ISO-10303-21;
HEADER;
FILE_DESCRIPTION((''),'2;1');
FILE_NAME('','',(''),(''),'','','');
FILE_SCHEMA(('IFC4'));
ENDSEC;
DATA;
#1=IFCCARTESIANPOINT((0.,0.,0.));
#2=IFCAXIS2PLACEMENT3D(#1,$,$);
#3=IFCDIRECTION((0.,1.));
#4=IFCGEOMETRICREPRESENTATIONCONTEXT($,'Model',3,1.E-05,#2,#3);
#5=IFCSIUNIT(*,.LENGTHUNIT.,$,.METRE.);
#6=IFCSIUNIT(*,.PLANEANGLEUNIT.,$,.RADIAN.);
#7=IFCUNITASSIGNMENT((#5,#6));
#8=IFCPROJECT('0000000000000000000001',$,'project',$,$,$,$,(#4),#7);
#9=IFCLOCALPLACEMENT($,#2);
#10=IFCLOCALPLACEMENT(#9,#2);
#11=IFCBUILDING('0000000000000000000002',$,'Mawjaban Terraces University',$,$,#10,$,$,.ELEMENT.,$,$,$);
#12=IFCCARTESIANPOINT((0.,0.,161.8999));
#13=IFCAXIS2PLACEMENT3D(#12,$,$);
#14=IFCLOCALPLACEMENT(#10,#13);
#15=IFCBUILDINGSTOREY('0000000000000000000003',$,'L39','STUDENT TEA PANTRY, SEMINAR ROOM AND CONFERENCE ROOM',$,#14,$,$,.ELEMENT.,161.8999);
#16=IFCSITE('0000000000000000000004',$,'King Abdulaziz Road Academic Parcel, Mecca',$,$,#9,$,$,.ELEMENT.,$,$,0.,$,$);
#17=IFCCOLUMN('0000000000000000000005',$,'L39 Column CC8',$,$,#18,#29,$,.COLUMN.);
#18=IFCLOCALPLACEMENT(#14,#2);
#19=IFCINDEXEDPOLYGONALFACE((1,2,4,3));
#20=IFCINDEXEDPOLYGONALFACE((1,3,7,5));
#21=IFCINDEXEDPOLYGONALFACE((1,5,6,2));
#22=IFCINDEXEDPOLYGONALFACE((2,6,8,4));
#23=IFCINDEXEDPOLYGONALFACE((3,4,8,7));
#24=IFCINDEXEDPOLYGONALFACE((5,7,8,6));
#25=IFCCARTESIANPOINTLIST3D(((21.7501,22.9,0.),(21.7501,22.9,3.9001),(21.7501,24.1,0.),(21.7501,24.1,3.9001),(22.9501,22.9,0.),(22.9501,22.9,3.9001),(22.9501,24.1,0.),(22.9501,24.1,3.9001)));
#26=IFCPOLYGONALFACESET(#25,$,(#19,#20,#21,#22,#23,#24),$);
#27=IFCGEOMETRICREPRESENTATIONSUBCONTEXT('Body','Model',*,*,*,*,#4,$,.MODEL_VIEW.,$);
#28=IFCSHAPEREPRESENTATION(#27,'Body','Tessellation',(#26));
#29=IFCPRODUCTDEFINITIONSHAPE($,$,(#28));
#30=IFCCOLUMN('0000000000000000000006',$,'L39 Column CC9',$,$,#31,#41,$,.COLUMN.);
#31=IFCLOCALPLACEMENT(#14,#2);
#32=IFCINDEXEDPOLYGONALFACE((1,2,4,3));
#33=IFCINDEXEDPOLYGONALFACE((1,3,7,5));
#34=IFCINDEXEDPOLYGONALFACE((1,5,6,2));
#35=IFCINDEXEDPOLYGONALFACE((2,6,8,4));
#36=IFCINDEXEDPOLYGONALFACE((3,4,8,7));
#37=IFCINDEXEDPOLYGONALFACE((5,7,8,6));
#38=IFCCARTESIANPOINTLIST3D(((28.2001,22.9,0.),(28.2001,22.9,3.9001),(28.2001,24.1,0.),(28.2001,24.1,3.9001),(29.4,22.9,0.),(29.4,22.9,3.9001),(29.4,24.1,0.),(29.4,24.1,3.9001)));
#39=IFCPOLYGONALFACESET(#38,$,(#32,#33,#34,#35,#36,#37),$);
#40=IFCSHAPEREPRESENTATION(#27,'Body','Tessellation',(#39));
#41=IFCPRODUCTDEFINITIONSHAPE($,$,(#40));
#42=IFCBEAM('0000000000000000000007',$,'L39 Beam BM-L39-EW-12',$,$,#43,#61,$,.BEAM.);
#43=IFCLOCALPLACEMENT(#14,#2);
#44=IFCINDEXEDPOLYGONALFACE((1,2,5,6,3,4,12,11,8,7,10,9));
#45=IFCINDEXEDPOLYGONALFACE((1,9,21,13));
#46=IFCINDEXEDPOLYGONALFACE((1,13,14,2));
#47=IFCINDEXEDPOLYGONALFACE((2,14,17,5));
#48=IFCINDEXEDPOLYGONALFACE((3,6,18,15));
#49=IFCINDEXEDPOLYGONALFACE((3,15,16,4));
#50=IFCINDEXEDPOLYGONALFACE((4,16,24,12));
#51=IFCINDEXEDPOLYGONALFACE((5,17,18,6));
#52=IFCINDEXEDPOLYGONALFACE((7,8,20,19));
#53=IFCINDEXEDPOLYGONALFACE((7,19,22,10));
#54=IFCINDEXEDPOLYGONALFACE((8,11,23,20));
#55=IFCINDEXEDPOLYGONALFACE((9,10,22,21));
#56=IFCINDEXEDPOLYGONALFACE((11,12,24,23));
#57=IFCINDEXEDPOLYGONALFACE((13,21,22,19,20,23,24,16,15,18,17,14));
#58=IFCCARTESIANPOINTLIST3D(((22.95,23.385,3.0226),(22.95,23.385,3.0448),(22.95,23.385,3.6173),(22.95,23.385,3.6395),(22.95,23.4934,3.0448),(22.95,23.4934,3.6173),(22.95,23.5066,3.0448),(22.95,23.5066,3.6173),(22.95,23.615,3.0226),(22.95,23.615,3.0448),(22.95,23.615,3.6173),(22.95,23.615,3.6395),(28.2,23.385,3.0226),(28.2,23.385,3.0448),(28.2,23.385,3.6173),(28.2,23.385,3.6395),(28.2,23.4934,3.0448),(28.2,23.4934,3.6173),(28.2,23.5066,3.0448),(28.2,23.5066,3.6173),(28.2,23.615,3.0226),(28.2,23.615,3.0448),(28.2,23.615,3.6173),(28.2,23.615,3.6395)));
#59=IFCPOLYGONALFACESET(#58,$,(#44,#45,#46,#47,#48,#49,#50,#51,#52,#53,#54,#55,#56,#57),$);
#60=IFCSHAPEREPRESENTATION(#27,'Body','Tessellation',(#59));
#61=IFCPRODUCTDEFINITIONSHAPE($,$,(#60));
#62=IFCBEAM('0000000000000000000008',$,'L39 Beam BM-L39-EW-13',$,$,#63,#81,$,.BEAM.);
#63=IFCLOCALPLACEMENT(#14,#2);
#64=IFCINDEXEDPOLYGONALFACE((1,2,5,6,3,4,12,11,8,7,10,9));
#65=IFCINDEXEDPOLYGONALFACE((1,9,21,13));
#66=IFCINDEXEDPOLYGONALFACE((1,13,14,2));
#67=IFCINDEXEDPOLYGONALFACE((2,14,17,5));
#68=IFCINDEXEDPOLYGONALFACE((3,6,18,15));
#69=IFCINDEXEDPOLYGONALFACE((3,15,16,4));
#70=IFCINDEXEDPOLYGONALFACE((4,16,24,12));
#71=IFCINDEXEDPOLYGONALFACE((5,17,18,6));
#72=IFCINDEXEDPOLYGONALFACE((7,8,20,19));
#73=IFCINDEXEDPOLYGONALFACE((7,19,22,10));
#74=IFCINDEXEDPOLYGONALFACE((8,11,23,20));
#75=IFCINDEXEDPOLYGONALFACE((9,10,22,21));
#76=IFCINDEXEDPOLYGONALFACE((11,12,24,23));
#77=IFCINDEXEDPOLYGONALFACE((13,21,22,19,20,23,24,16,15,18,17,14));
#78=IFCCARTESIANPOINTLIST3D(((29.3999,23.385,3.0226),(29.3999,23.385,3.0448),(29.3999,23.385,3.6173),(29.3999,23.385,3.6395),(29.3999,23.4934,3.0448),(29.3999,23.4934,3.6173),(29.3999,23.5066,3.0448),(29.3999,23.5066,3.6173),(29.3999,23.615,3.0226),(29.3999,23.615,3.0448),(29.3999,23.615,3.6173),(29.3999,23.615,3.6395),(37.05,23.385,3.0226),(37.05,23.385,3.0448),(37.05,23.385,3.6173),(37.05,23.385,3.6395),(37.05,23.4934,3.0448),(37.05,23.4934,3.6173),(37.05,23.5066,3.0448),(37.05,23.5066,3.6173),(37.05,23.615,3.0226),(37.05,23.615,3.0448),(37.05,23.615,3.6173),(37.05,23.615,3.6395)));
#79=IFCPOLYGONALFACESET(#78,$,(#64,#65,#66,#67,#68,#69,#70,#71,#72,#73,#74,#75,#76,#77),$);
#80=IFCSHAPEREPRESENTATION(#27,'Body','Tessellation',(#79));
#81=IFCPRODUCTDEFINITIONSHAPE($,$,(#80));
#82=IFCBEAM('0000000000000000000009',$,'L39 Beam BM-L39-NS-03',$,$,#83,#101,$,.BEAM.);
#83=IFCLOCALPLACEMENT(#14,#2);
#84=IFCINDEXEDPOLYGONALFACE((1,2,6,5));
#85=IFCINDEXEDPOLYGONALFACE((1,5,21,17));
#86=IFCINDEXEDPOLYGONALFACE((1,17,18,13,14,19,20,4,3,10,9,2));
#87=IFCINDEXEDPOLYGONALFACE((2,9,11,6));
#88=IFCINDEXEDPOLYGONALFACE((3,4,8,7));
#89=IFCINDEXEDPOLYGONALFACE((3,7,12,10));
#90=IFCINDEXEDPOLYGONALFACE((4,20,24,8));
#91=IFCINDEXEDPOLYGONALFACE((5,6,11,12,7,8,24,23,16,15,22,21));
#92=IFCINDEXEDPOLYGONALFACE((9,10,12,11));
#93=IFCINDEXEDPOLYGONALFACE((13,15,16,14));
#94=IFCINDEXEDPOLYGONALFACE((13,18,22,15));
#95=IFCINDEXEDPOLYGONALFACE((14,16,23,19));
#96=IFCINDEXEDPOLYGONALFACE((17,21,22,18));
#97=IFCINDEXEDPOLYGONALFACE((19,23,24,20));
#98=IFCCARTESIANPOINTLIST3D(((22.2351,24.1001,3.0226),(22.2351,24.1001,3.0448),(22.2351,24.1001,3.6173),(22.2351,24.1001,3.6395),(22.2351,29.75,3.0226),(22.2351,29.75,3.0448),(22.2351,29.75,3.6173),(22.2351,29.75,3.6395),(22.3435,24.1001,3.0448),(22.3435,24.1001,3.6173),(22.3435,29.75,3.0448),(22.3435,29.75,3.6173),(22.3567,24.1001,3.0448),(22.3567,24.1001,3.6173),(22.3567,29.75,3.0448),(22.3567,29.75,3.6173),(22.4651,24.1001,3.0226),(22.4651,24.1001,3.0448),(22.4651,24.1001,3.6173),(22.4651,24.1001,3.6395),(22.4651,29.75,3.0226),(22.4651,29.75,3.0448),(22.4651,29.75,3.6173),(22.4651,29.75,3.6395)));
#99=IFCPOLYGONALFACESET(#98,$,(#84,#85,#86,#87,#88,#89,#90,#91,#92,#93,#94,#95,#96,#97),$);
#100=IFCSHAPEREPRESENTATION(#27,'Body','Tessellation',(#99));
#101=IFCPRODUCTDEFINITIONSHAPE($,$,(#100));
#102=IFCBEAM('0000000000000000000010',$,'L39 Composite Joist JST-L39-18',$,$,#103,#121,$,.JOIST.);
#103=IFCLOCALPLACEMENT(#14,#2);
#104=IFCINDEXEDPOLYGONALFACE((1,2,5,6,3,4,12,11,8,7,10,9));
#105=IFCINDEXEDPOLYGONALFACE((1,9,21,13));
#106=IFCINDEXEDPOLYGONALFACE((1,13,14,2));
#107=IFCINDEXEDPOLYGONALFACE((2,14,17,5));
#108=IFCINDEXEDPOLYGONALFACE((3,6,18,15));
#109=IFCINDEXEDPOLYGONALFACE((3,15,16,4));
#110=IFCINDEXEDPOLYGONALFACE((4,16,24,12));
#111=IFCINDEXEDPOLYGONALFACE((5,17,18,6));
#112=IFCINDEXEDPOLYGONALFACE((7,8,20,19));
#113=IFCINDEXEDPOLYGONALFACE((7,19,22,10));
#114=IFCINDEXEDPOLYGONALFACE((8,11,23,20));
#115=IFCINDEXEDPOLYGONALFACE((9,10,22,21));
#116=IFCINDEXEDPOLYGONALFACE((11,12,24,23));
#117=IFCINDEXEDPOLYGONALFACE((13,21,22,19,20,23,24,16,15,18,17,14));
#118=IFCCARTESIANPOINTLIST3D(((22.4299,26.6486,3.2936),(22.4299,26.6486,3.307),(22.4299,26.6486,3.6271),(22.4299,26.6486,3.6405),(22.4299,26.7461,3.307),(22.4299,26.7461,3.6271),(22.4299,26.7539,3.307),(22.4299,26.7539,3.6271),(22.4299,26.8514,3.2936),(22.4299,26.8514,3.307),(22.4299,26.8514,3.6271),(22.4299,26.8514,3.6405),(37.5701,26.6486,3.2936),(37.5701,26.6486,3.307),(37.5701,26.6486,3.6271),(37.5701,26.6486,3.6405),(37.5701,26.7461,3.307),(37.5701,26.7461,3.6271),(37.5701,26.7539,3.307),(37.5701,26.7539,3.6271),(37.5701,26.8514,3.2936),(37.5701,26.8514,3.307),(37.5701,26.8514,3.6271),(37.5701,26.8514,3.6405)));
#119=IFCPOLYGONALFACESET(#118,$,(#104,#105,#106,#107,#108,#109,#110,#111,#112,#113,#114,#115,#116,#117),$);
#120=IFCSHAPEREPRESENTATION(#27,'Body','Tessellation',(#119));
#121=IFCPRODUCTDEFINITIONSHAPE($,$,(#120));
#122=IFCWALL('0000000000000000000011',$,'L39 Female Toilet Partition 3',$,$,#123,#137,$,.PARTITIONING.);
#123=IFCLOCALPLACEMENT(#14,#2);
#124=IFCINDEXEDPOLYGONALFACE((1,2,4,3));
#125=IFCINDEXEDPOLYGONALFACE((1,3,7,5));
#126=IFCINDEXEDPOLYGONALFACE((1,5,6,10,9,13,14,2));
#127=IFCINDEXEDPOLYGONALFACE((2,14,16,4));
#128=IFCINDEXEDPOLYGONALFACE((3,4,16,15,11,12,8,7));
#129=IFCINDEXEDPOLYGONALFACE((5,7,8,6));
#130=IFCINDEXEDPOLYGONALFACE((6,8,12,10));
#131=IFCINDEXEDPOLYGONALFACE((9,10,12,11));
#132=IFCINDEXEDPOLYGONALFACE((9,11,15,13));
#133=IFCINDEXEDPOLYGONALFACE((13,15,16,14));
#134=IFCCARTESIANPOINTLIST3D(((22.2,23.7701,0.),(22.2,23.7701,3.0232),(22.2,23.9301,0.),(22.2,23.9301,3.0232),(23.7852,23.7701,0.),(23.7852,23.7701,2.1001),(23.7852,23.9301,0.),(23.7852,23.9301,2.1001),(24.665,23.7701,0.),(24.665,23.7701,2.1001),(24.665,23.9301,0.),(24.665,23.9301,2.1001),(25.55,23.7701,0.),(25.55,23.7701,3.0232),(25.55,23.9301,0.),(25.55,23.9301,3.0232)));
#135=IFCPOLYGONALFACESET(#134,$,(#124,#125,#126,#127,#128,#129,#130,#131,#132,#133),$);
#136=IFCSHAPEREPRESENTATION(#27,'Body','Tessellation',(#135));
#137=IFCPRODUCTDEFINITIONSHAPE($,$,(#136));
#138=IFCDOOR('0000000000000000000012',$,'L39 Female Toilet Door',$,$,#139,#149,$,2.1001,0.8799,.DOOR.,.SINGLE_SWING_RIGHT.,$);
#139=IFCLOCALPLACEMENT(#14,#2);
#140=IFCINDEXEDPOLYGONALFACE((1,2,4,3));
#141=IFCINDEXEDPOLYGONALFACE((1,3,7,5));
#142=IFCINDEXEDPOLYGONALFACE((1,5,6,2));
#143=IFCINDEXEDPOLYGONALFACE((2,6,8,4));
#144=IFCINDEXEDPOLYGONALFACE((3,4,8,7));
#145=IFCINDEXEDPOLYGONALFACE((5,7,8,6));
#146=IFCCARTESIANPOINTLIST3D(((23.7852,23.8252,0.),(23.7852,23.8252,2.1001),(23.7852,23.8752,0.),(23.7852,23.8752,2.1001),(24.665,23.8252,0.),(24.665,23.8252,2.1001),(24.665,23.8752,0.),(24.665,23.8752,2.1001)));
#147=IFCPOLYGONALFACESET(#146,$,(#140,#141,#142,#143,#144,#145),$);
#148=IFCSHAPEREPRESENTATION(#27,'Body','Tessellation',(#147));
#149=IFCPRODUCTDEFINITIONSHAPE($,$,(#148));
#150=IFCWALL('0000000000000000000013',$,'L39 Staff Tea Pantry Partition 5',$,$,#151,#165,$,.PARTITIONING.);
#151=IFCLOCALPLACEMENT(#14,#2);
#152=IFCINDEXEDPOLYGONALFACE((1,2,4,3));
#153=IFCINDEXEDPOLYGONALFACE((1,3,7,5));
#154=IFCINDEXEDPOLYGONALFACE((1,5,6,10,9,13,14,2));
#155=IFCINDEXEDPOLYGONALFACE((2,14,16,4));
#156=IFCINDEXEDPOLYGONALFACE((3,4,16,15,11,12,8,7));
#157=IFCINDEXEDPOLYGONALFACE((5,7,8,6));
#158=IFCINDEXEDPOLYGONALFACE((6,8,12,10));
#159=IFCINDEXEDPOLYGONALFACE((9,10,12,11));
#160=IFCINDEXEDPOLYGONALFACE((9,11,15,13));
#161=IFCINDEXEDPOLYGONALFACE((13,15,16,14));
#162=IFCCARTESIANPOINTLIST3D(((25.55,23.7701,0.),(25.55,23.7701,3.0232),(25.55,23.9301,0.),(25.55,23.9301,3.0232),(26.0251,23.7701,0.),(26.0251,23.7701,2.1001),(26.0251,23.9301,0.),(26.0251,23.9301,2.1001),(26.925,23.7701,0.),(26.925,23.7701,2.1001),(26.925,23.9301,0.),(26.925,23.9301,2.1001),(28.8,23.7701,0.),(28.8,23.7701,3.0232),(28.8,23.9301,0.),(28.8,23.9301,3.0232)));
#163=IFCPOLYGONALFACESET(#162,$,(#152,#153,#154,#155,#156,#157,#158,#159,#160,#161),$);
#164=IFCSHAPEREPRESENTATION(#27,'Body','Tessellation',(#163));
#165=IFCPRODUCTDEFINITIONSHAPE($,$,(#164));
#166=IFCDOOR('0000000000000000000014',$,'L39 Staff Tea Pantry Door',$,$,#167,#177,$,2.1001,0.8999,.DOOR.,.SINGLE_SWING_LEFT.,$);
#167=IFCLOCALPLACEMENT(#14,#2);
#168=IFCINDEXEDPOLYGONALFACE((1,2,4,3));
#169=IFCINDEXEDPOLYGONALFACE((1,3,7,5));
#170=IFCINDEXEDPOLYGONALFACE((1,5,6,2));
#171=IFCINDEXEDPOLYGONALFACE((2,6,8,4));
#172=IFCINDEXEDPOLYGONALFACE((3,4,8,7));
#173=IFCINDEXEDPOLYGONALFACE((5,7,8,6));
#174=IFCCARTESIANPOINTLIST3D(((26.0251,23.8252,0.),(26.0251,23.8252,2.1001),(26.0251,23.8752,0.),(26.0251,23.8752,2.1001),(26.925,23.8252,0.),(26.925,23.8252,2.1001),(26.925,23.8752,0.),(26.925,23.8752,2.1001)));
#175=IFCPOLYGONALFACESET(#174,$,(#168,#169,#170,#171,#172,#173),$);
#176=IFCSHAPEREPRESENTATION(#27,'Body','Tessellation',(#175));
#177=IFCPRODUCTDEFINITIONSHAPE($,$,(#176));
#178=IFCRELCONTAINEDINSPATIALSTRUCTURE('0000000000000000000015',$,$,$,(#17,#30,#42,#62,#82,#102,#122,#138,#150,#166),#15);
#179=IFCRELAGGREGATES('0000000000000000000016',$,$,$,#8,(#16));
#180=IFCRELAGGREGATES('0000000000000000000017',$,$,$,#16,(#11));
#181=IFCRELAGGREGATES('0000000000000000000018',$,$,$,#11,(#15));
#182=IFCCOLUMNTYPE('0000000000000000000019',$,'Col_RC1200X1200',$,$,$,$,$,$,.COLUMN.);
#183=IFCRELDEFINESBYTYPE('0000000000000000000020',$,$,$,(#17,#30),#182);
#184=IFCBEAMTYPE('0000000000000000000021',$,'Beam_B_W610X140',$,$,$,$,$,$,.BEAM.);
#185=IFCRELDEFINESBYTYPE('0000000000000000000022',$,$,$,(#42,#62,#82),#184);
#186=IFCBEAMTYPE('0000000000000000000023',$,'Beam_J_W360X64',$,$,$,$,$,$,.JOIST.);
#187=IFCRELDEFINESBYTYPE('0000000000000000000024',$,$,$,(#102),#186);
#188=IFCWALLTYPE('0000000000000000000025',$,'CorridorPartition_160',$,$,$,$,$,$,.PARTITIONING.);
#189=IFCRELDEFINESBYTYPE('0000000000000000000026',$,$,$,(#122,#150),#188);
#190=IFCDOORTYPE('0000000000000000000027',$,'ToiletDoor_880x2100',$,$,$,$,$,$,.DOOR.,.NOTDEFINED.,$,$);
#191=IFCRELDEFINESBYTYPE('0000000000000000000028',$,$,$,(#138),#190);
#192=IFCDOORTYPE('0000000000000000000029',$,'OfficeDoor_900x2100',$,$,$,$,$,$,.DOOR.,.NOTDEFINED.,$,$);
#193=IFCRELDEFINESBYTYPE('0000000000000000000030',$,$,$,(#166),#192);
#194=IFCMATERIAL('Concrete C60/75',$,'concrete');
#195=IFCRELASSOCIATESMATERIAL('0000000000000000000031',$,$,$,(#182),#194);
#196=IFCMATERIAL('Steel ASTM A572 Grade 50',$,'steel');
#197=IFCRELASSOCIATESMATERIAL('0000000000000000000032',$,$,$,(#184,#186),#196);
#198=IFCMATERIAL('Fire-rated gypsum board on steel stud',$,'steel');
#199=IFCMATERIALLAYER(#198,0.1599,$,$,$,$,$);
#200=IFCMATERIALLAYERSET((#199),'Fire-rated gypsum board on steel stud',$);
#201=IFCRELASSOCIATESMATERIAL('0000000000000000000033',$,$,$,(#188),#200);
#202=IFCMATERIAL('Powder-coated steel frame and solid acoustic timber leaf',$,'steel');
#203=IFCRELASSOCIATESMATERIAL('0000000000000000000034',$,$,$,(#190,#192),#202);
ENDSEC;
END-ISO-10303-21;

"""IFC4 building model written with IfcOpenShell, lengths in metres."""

from ifc_helpers import new_model, si_unit, direction, frame, frame_2d, origin, origin_2d, place, context, subcontext, project, spatial, rectangle, i_section, extrude, material, layer, layer_set, material_profile, profile_set, type_object, element, fill, save


model = new_model("IFC4")

# Units and contexts
model_context = context("Model", 3, precision=1e-05, world=origin(), true_north=direction((0.0, 1.0)))
body_context = subcontext(model_context, "Body", "Model", "MODEL_VIEW")
ifc_project = project(units=[si_unit("LENGTHUNIT", "METRE"), si_unit("PLANEANGLEUNIT", "RADIAN")], contexts=[model_context])

# Site, building, storey
site_placement = place(None, origin())
site = spatial("IfcSite", under=ifc_project, at=site_placement, Name="King Abdulaziz Road Academic Parcel, Mecca", CompositionType="ELEMENT", RefElevation=0.0)
building_placement = place(site_placement, origin())
building = spatial("IfcBuilding", under=site, at=building_placement, Name="Mawjaban Terraces University", CompositionType="ELEMENT")
storey_placement = place(building_placement, frame((0.0, 0.0, 161.8999)))
storey = spatial("IfcBuildingStorey", under=building, at=storey_placement, Name="L39", Description="STUDENT TEA PANTRY, SEMINAR ROOM AND CONFERENCE ROOM", CompositionType="ELEMENT", Elevation=161.8999)

# Columns
ifc_material_1 = material(Name="Concrete C60/75", Category="concrete")
ifc_material_profile_1 = material_profile(ifc_material_1, rectangle(XDim=1.2, YDim=1.2, at=origin_2d()), Name="RC1200X1200")
ifc_profile_set_1 = profile_set([ifc_material_profile_1], Name="Concrete C60/75")
column_type = type_object("IfcColumnType", Name="Col_RC1200X1200", PredefinedType="COLUMN", material=ifc_profile_set_1)
for number, where, z_axis, x_axis, name in (
    (1, (22.3501, 23.5, 0.0), (0.0, 0.0, 1.0), (1.0, 0.0, 0.0), "L39 Column CC8"),
    (2, (28.8, 23.5, 0.0), (0.0, 0.0, 1.0), (1.0, 0.0, 0.0), "L39 Column CC9"),
):
    element("IfcColumn", number, at=place(storey_placement, frame(where, z_axis=z_axis, x_axis=x_axis)), inside=storey, type_object=column_type, Name=name, PredefinedType="COLUMN", context=body_context, shape_type="SweptSolid", body=[
        extrude(rectangle(XDim=1.2, YDim=1.2, at=origin_2d()), origin(), (0.0, 0.0, 1.0), 3.9001),
    ])

# Beams
ifc_material_2 = material(Name="Steel ASTM A572 Grade 50", Category="steel")
ifc_material_profile_2 = material_profile(ifc_material_2, i_section(OverallWidth=0.23, OverallDepth=0.6169, WebThickness=0.0132, FlangeThickness=0.0222, at=origin_2d()), Name="W610X140")
ifc_profile_set_2 = profile_set([ifc_material_profile_2], Name="Steel ASTM A572 Grade 50")
beam_type_1 = type_object("IfcBeamType", Name="Beam_B_W610X140", PredefinedType="BEAM", material=ifc_profile_set_2)
beam_1_placement = place(storey_placement, frame((22.95, 23.5, 3.3311), z_axis=(1.0, 0.0, 0.0), x_axis=(0.0, 1.0, 0.0)))
element("IfcBeam", 3, at=beam_1_placement, inside=storey, type_object=beam_type_1, Name="L39 Beam BM-L39-EW-12", PredefinedType="BEAM", context=body_context, shape_type="SweptSolid", body=[
    extrude(i_section(OverallWidth=0.23, OverallDepth=0.6169, WebThickness=0.0132, FlangeThickness=0.0222, at=origin_2d()), origin(), (0.0, 0.0, 1.0), 5.25),
])
beam_2_placement = place(storey_placement, frame((29.3999, 23.5, 3.3311), z_axis=(1.0, 0.0, 0.0), x_axis=(0.0, 1.0, 0.0)))
element("IfcBeam", 4, at=beam_2_placement, inside=storey, type_object=beam_type_1, Name="L39 Beam BM-L39-EW-13", PredefinedType="BEAM", context=body_context, shape_type="SweptSolid", body=[
    extrude(i_section(OverallWidth=0.23, OverallDepth=0.6169, WebThickness=0.0132, FlangeThickness=0.0222, at=origin_2d()), origin(), (0.0, 0.0, 1.0), 7.6501),
])
beam_3_placement = place(storey_placement, frame((22.3501, 24.1001, 3.3311), z_axis=(0.0, 1.0, 0.0), x_axis=(-1.0, 0.0, 0.0)))
element("IfcBeam", 5, at=beam_3_placement, inside=storey, type_object=beam_type_1, Name="L39 Beam BM-L39-NS-03", PredefinedType="BEAM", context=body_context, shape_type="SweptSolid", body=[
    extrude(i_section(OverallWidth=0.23, OverallDepth=0.6169, WebThickness=0.0132, FlangeThickness=0.0222, at=origin_2d()), origin(), (0.0, 0.0, 1.0), 5.6499),
])
ifc_material_profile_3 = material_profile(ifc_material_2, i_section(OverallWidth=0.2029, OverallDepth=0.3469, WebThickness=0.0078, FlangeThickness=0.0134, at=origin_2d()), Name="W360X64")
ifc_profile_set_3 = profile_set([ifc_material_profile_3], Name="Steel ASTM A572 Grade 50")
beam_type_2 = type_object("IfcBeamType", Name="Beam_J_W360X64", PredefinedType="JOIST", material=ifc_profile_set_3)
beam_4_placement = place(storey_placement, frame((22.4299, 26.75, 3.467), z_axis=(1.0, 0.0, 0.0), x_axis=(0.0, 1.0, 0.0)))
element("IfcBeam", 6, at=beam_4_placement, inside=storey, type_object=beam_type_2, Name="L39 Composite Joist JST-L39-18", PredefinedType="JOIST", context=body_context, shape_type="SweptSolid", body=[
    extrude(i_section(OverallWidth=0.2029, OverallDepth=0.3469, WebThickness=0.0078, FlangeThickness=0.0134, at=origin_2d()), origin(), (0.0, 0.0, 1.0), 15.1401),
])

# Walls, openings, doors
ifc_material_3 = material(Name="Fire-rated gypsum board on steel stud", Category="steel")
ifc_layer_1 = layer(ifc_material_3, 0.1599)
ifc_layer_set_1 = layer_set([ifc_layer_1], Name="Fire-rated gypsum board on steel stud")
wall_type_1 = type_object("IfcWallType", Name="CorridorPartition_160", PredefinedType="PARTITIONING", material=ifc_layer_set_1)
wall_1_placement = place(storey_placement, frame((25.55, 23.8501, 0.0), z_axis=(0.0, 0.0, 1.0), x_axis=(-1.0, 0.0, 0.0)))
wall_1 = element("IfcWall", 7, at=wall_1_placement, inside=storey, type_object=wall_type_1, Name="L39 Female Toilet Partition 3", PredefinedType="PARTITIONING", context=body_context, shape_type="SweptSolid", body=[
    extrude(rectangle(XDim=3.3501, YDim=0.1599, at=frame_2d((1.675, 0.0))), origin(), (0.0, 0.0, 1.0), 3.0232),
])
opening_1_placement = place(wall_1_placement, frame((0.885, 0.0, 0.0)))
opening_1 = element("IfcOpeningElement", 8, at=opening_1_placement, cuts=wall_1, PredefinedType="OPENING", context=body_context, shape_type="SweptSolid", body=[
    extrude(rectangle(XDim=0.8799, YDim=2.1001, at=frame_2d((0.4399, 1.05))), frame((0.0, 0.0898, 0.0), z_axis=(0.0, -1.0, 0.0), x_axis=(1.0, 0.0, 0.0)), (0.0, 0.0, 1.0), 0.1799),
])
ifc_material_4 = material(Name="Powder-coated steel frame and solid acoustic timber leaf", Category="steel")
door_type_1 = type_object("IfcDoorType", Name="ToiletDoor_880x2100", OperationType="NOTDEFINED", PredefinedType="DOOR", material=ifc_material_4)
door_1_placement = place(opening_1_placement, origin())
door_1 = element("IfcDoor", 9, at=door_1_placement, inside=storey, type_object=door_type_1, Name="L39 Female Toilet Door", OperationType="SINGLE_SWING_RIGHT", OverallHeight=2.1001, OverallWidth=0.8799, PredefinedType="DOOR", context=body_context, shape_type="SweptSolid", body=[
    extrude(rectangle(XDim=0.8799, YDim=2.1001, at=frame_2d((0.4399, 1.05))), frame((0.0, 0.0249, 0.0), z_axis=(0.0, -1.0, 0.0), x_axis=(1.0, 0.0, 0.0)), (0.0, 0.0, 1.0), 0.05),
])
fill(opening_1, door_1)
wall_2_placement = place(storey_placement, frame((28.8, 23.8501, 0.0), z_axis=(0.0, 0.0, 1.0), x_axis=(-1.0, 0.0, 0.0)))
wall_2 = element("IfcWall", 10, at=wall_2_placement, inside=storey, type_object=wall_type_1, Name="L39 Staff Tea Pantry Partition 5", PredefinedType="PARTITIONING", context=body_context, shape_type="SweptSolid", body=[
    extrude(rectangle(XDim=3.25, YDim=0.1599, at=frame_2d((1.625, 0.0))), origin(), (0.0, 0.0, 1.0), 3.0232),
])
opening_2_placement = place(wall_2_placement, frame((1.875, 0.0, 0.0)))
opening_2 = element("IfcOpeningElement", 11, at=opening_2_placement, cuts=wall_2, PredefinedType="OPENING", context=body_context, shape_type="SweptSolid", body=[
    extrude(rectangle(XDim=0.8999, YDim=2.1001, at=frame_2d((0.45, 1.05))), frame((0.0, 0.0898, 0.0), z_axis=(0.0, -1.0, 0.0), x_axis=(1.0, 0.0, 0.0)), (0.0, 0.0, 1.0), 0.1799),
])
door_type_2 = type_object("IfcDoorType", Name="OfficeDoor_900x2100", OperationType="NOTDEFINED", PredefinedType="DOOR", material=ifc_material_4)
door_2_placement = place(opening_2_placement, origin())
door_2 = element("IfcDoor", 12, at=door_2_placement, inside=storey, type_object=door_type_2, Name="L39 Staff Tea Pantry Door", OperationType="SINGLE_SWING_LEFT", OverallHeight=2.1001, OverallWidth=0.8999, PredefinedType="DOOR", context=body_context, shape_type="SweptSolid", body=[
    extrude(rectangle(XDim=0.8999, YDim=2.1001, at=frame_2d((0.45, 1.05))), frame((0.0, 0.0249, 0.0), z_axis=(0.0, -1.0, 0.0), x_axis=(1.0, 0.0, 0.0)), (0.0, 0.0, 1.0), 0.05),
])
fill(opening_2, door_2)

save(model, "model.ifc")
